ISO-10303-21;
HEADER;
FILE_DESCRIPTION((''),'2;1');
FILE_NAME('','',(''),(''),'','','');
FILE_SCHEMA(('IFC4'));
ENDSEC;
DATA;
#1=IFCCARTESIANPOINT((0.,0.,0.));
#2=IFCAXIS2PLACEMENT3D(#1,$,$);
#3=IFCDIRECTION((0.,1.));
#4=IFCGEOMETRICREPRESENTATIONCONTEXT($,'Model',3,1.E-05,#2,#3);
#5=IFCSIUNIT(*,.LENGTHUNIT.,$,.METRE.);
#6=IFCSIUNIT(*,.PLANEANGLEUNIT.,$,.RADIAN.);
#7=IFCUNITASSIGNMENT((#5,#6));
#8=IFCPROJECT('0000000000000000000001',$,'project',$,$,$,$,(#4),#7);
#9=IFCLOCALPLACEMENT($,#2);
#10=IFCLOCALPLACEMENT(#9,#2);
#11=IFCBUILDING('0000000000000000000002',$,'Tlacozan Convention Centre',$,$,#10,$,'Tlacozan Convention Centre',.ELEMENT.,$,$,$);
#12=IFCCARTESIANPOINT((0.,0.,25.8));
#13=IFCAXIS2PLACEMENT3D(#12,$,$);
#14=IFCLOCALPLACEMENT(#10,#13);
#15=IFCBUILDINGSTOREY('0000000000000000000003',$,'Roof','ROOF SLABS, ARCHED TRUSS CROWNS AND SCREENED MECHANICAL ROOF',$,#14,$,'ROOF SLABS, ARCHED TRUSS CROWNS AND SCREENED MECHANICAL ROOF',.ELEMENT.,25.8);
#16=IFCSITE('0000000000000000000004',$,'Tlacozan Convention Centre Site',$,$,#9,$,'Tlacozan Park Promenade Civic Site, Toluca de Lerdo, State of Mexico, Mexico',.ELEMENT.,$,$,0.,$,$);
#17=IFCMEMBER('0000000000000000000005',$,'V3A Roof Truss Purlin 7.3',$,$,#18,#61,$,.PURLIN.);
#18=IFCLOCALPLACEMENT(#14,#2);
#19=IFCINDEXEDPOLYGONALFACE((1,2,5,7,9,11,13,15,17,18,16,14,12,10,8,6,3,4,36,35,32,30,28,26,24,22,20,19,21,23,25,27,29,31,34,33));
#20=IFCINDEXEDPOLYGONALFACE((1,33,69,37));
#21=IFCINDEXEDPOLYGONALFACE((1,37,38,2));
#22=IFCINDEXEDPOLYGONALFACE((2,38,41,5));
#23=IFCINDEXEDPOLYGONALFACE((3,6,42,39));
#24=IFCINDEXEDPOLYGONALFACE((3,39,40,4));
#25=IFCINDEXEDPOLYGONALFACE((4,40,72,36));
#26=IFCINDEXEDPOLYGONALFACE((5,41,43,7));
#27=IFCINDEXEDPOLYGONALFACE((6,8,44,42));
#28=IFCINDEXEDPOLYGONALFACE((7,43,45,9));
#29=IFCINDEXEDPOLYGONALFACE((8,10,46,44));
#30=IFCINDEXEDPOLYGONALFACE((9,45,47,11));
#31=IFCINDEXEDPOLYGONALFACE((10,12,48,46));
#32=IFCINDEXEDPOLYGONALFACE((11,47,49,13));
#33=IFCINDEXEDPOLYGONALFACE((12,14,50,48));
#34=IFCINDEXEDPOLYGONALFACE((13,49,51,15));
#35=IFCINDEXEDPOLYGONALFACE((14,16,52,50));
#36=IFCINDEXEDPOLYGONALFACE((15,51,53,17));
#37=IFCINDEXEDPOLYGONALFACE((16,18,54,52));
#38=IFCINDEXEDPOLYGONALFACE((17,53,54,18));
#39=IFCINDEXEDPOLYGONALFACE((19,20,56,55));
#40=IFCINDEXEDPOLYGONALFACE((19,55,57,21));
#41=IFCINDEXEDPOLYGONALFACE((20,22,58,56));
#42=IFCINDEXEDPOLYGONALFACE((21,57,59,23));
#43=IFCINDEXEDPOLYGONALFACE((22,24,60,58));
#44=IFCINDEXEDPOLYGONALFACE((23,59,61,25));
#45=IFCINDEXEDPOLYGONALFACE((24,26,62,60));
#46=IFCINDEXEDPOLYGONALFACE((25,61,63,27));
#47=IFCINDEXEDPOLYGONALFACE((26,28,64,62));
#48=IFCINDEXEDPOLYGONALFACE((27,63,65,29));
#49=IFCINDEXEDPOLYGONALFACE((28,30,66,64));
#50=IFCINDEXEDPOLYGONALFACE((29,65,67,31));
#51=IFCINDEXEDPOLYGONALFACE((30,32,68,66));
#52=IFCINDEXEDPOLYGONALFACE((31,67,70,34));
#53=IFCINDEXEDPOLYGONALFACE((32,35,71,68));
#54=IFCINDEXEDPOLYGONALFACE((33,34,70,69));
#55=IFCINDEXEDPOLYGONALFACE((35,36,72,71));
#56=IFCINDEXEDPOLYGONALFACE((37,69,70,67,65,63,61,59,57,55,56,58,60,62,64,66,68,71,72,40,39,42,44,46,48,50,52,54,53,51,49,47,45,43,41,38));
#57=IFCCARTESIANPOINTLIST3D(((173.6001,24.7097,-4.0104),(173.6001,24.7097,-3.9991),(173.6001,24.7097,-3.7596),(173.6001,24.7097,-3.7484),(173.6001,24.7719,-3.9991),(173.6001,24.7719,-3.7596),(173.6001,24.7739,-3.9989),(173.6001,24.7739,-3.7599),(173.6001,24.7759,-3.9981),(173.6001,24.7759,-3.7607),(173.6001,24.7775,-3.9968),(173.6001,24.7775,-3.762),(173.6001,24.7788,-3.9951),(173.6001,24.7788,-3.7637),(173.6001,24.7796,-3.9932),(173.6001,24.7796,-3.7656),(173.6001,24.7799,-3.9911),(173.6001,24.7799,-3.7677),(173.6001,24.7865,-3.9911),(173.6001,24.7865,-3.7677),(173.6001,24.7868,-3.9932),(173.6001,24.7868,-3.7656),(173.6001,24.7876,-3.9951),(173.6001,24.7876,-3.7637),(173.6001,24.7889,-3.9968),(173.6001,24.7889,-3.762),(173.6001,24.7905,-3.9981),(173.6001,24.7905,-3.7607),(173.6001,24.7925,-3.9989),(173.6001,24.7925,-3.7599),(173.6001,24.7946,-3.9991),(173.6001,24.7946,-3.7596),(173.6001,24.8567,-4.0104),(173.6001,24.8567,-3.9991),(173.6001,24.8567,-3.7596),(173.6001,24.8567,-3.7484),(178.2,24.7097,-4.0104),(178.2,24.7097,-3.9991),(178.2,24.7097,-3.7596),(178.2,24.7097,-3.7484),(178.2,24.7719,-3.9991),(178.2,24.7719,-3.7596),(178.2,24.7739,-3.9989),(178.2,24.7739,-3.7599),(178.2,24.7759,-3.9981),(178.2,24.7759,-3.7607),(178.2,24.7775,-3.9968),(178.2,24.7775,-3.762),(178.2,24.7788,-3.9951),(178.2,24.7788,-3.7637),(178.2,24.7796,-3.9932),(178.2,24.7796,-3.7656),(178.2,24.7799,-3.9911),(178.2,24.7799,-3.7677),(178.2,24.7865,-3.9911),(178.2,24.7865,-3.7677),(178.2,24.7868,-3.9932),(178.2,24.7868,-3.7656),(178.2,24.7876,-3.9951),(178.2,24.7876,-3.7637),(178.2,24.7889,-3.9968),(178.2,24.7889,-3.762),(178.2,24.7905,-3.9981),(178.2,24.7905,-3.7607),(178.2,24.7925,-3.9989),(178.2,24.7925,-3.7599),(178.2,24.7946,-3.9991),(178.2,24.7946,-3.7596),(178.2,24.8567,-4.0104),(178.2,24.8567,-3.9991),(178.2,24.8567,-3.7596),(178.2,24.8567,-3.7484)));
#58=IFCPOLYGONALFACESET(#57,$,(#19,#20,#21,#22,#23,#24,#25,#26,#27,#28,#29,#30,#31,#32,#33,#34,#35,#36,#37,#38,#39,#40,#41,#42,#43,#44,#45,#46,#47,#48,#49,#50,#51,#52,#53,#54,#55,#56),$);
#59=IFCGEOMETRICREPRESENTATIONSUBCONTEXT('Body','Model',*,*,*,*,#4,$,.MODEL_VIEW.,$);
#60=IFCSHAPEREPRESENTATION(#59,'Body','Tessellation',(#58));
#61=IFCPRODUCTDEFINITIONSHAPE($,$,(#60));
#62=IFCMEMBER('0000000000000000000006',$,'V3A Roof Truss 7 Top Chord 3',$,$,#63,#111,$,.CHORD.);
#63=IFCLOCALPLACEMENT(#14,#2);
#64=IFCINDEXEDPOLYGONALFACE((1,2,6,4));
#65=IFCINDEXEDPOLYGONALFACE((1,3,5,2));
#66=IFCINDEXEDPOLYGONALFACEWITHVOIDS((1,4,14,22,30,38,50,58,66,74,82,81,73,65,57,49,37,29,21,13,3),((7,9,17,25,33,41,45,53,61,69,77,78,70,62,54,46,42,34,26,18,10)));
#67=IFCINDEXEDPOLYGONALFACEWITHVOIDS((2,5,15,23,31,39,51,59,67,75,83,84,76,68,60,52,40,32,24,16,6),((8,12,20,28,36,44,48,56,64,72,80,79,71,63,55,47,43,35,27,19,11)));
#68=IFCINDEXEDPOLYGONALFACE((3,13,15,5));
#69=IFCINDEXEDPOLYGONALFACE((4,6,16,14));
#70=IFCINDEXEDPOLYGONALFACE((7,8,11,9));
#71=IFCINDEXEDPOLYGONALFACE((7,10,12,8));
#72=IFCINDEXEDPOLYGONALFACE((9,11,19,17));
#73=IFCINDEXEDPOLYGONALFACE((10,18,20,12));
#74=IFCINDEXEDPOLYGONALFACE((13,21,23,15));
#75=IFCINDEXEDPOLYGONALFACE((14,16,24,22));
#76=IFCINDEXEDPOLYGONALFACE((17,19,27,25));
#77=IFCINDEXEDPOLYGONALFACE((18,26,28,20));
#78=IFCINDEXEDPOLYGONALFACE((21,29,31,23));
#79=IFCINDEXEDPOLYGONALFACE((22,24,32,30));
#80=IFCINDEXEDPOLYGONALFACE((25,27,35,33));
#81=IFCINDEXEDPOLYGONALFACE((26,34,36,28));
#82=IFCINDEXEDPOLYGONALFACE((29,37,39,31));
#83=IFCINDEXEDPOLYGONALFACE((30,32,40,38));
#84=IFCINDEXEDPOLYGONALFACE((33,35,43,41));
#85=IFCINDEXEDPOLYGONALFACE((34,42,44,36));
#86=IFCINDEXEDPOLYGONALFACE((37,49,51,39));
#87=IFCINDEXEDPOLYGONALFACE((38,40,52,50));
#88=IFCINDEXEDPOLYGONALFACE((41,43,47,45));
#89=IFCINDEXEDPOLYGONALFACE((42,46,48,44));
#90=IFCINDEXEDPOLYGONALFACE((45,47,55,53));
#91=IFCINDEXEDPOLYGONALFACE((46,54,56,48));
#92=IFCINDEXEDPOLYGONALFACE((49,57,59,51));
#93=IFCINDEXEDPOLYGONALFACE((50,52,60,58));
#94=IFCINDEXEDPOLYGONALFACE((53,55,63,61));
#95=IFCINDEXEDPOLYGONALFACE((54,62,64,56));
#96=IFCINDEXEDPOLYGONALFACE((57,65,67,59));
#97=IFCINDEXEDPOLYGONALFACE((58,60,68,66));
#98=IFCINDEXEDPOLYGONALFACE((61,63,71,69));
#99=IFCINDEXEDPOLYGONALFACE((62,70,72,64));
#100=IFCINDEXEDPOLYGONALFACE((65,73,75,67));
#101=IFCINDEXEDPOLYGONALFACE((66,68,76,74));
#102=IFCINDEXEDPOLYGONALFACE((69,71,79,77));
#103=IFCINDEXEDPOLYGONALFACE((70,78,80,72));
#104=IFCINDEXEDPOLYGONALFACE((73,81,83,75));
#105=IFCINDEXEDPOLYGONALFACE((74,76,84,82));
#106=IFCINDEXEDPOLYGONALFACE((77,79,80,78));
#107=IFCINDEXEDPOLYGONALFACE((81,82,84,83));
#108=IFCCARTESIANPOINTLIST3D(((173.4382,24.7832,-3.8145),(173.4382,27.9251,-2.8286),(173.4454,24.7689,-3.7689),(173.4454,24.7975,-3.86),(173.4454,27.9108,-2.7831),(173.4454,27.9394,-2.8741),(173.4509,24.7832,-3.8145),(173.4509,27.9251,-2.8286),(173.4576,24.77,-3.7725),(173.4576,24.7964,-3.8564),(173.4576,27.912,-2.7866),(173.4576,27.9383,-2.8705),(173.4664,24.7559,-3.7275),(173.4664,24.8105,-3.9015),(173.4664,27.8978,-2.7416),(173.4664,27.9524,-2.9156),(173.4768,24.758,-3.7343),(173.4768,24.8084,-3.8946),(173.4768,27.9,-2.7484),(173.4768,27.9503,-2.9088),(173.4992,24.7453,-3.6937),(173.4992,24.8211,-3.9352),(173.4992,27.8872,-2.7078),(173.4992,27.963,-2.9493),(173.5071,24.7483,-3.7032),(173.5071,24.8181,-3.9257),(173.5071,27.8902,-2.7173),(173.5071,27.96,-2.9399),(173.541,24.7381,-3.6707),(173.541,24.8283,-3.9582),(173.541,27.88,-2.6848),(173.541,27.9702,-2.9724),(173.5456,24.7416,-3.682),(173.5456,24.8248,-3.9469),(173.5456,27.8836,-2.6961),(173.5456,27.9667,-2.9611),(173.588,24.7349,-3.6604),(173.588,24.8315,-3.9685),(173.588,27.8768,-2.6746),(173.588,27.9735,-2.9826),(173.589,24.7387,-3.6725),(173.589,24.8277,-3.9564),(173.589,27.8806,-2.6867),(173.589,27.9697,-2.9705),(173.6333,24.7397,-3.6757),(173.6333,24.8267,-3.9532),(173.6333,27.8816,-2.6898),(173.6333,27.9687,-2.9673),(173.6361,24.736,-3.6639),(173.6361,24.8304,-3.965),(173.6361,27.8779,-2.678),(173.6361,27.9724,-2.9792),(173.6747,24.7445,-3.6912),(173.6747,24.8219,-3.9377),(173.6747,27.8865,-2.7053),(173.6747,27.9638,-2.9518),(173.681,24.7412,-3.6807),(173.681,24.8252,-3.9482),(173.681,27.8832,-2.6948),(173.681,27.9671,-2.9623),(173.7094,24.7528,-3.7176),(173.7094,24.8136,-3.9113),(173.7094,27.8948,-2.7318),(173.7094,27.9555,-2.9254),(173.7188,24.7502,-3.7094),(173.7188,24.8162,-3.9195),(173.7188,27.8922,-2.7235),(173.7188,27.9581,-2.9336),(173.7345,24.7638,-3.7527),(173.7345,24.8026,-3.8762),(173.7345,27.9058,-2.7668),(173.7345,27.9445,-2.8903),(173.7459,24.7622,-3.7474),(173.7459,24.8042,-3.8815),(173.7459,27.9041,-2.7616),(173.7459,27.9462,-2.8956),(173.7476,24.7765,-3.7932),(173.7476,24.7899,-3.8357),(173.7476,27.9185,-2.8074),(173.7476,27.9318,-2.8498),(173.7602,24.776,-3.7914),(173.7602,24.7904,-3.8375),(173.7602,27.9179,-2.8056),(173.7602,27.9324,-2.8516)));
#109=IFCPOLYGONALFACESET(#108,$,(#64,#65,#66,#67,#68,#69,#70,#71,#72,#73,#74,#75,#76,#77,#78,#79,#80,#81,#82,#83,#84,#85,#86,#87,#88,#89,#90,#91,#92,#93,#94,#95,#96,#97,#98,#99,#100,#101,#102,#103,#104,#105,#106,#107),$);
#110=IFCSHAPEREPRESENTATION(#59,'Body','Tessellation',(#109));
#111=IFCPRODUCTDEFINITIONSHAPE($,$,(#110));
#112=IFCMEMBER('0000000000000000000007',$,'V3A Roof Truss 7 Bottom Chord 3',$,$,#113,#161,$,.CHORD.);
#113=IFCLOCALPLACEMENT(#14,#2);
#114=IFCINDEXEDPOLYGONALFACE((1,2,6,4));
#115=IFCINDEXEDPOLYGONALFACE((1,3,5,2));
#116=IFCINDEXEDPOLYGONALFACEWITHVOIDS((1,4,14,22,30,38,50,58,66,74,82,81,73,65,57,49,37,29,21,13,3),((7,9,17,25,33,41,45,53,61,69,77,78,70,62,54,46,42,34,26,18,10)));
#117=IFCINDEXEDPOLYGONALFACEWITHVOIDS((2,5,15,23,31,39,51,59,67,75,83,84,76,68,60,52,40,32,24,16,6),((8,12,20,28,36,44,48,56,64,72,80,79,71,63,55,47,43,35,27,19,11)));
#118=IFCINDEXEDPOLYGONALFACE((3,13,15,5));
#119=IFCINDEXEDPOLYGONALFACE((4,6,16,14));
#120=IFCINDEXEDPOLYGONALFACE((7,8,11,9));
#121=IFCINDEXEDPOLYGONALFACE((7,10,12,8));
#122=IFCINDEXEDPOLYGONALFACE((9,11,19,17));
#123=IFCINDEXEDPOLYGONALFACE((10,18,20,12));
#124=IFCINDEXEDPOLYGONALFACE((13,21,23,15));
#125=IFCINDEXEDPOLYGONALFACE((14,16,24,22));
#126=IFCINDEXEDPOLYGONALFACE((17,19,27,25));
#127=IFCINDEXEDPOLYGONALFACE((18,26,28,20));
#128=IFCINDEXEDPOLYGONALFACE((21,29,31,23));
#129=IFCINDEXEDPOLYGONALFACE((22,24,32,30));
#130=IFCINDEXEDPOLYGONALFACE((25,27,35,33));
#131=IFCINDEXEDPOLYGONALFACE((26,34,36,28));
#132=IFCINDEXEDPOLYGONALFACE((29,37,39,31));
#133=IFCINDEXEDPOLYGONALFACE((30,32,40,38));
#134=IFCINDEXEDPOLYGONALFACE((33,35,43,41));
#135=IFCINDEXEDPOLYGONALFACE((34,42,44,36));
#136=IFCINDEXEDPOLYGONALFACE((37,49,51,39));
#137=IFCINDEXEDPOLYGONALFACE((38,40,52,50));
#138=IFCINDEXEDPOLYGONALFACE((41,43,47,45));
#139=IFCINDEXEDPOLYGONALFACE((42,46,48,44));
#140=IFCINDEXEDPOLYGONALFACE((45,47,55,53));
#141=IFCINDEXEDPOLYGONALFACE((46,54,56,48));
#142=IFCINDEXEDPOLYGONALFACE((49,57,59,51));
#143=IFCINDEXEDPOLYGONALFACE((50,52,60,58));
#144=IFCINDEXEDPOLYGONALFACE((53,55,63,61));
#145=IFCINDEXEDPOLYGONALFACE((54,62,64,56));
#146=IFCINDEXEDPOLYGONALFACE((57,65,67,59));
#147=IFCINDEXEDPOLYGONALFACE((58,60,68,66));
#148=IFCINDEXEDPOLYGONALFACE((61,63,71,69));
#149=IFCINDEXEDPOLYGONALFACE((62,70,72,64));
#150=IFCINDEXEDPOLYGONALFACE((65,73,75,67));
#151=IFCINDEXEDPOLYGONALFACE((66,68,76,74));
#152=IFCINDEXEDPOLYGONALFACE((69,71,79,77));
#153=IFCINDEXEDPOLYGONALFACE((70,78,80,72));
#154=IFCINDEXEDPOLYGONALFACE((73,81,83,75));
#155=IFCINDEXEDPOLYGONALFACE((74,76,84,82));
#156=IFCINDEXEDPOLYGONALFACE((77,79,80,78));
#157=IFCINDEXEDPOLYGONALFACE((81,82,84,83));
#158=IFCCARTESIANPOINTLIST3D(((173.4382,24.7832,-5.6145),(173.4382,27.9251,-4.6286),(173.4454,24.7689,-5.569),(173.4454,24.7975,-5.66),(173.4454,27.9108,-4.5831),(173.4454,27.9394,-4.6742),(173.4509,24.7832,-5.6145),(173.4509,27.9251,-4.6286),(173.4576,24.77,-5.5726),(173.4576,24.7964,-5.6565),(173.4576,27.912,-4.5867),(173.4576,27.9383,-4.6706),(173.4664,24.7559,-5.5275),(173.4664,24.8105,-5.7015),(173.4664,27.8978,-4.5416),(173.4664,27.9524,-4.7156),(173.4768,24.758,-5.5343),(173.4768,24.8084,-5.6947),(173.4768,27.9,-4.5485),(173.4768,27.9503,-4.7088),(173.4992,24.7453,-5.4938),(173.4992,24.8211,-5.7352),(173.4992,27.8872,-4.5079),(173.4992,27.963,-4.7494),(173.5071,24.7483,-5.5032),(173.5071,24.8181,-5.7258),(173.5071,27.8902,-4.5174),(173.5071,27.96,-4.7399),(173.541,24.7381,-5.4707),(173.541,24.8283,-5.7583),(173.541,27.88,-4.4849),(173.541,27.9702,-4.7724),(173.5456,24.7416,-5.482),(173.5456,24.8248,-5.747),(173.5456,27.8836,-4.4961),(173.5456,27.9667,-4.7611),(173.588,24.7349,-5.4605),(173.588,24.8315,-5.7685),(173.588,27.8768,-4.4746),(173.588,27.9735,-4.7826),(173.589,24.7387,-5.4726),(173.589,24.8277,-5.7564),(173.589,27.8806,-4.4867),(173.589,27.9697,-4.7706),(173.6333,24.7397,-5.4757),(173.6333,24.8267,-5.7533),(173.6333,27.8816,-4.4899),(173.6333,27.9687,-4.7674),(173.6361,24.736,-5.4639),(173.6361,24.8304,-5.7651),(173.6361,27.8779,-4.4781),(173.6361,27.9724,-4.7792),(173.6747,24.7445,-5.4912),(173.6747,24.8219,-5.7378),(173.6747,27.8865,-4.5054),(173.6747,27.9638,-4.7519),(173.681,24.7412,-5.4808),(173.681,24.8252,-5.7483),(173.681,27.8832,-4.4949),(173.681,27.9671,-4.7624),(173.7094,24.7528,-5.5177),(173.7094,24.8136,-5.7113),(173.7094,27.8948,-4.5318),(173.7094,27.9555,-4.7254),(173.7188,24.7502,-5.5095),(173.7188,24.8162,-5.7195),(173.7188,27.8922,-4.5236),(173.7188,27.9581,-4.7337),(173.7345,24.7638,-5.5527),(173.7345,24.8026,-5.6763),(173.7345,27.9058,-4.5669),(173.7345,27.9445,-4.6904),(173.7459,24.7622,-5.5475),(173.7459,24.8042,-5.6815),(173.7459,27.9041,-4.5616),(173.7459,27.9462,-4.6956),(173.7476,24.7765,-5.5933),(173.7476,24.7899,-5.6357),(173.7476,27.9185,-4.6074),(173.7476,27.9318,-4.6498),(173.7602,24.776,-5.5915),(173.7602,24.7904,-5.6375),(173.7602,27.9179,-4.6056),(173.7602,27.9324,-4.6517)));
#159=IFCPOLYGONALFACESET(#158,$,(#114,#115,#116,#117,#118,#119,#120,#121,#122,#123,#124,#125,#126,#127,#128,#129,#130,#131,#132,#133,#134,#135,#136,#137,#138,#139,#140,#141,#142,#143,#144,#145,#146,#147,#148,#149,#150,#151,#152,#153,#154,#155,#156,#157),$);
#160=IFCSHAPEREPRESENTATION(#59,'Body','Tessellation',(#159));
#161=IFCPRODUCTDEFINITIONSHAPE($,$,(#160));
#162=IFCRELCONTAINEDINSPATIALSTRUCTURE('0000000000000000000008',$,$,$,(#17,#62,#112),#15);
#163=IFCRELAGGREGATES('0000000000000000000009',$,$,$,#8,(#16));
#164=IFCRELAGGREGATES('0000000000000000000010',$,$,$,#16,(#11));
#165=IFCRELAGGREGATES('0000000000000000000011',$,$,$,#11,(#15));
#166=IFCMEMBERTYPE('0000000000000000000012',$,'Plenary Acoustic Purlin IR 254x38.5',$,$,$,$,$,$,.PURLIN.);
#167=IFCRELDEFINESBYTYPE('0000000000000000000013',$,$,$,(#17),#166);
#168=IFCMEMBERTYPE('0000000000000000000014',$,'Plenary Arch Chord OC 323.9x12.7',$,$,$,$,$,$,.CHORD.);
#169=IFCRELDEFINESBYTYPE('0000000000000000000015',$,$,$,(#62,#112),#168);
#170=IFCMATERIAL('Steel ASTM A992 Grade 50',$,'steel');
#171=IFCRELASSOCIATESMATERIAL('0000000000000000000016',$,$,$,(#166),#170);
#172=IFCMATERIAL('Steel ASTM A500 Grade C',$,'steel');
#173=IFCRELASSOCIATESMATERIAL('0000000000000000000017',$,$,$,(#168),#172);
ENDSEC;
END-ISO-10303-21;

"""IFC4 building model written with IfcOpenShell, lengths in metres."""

from ifc_helpers import new_model, si_unit, direction, frame, origin, origin_2d, place, context, subcontext, project, spatial, hollow_circle, i_section, extrude, material, material_profile, profile_set, type_object, element, save


model = new_model("IFC4")

# Units and contexts
model_context = context("Model", 3, precision=1e-05, world=origin(), true_north=direction((0.0, 1.0)))
body_context = subcontext(model_context, "Body", "Model", "MODEL_VIEW")
ifc_project = project(units=[si_unit("LENGTHUNIT", "METRE"), si_unit("PLANEANGLEUNIT", "RADIAN")], contexts=[model_context])

# Site, building, storey
site_placement = place(None, origin())
site = spatial("IfcSite", under=ifc_project, at=site_placement, Name="Tlacozan Convention Centre Site", LongName="Tlacozan Park Promenade Civic Site, Toluca de Lerdo, State of Mexico, Mexico", CompositionType="ELEMENT", RefElevation=0.0)
building_placement = place(site_placement, origin())
building = spatial("IfcBuilding", under=site, at=building_placement, Name="Tlacozan Convention Centre", LongName="Tlacozan Convention Centre", CompositionType="ELEMENT")
storey_placement = place(building_placement, frame((0.0, 0.0, 25.8)))
storey = spatial("IfcBuildingStorey", under=building, at=storey_placement, Name="Roof", Description="ROOF SLABS, ARCHED TRUSS CROWNS AND SCREENED MECHANICAL ROOF", LongName="ROOF SLABS, ARCHED TRUSS CROWNS AND SCREENED MECHANICAL ROOF", CompositionType="ELEMENT", Elevation=25.8)

# Members
ifc_material_1 = material(Name="Steel ASTM A992 Grade 50", Category="steel")
ifc_material_profile_1 = material_profile(ifc_material_1, i_section(OverallWidth=0.147, OverallDepth=0.262, WebThickness=0.0066, FlangeThickness=0.0112, FilletRadius=0.0081, at=origin_2d()), Name="IR 254x38.5")
ifc_profile_set_1 = profile_set([ifc_material_profile_1], Name="Steel ASTM A992 Grade 50")
member_type_1 = type_object("IfcMemberType", Name="Plenary Acoustic Purlin IR 254x38.5", PredefinedType="PURLIN", material=ifc_profile_set_1)
member_1_placement = place(storey_placement, frame((173.6001, 24.7832, -3.8794), z_axis=(1.0, 0.0, 0.0), x_axis=(0.0, 1.0, 0.0)))
element("IfcMember", 1, at=member_1_placement, inside=storey, type_object=member_type_1, Name="V3A Roof Truss Purlin 7.3", PredefinedType="PURLIN", context=body_context, shape_type="SweptSolid", body=[
    extrude(i_section(OverallWidth=0.147, OverallDepth=0.262, WebThickness=0.0066, FlangeThickness=0.0112, FilletRadius=0.0081, at=origin_2d()), origin(), (0.0, 0.0, 1.0), 4.5999),
])
ifc_material_2 = material(Name="Steel ASTM A500 Grade C", Category="steel")
ifc_material_profile_2 = material_profile(ifc_material_2, hollow_circle(Radius=0.1619, WallThickness=0.0127, at=origin_2d()), Name="OC 323.9x12.7")
ifc_profile_set_2 = profile_set([ifc_material_profile_2], Name="Steel ASTM A500 Grade C")
member_type_2 = type_object("IfcMemberType", Name="Plenary Arch Chord OC 323.9x12.7", PredefinedType="CHORD", material=ifc_profile_set_2)
for number, where, z_axis, x_axis, name in (
    (2, (173.6001, 24.7832, -3.8145), (0.0, 0.954132, 0.299385), (-1.0, 0.0, 0.0), "V3A Roof Truss 7 Top Chord 3"),
    (3, (173.6001, 24.7832, -5.6145), (0.0, 0.954132, 0.299385), (-1.0, 0.0, 0.0), "V3A Roof Truss 7 Bottom Chord 3"),
):
    element("IfcMember", number, at=place(storey_placement, frame(where, z_axis=z_axis, x_axis=x_axis)), inside=storey, type_object=member_type_2, Name=name, PredefinedType="CHORD", context=body_context, shape_type="SweptSolid", body=[
        extrude(hollow_circle(Radius=0.1619, WallThickness=0.0127, at=origin_2d()), origin(), (0.0, 0.0, 1.0), 3.293),
    ])

save(model, "model.ifc")
